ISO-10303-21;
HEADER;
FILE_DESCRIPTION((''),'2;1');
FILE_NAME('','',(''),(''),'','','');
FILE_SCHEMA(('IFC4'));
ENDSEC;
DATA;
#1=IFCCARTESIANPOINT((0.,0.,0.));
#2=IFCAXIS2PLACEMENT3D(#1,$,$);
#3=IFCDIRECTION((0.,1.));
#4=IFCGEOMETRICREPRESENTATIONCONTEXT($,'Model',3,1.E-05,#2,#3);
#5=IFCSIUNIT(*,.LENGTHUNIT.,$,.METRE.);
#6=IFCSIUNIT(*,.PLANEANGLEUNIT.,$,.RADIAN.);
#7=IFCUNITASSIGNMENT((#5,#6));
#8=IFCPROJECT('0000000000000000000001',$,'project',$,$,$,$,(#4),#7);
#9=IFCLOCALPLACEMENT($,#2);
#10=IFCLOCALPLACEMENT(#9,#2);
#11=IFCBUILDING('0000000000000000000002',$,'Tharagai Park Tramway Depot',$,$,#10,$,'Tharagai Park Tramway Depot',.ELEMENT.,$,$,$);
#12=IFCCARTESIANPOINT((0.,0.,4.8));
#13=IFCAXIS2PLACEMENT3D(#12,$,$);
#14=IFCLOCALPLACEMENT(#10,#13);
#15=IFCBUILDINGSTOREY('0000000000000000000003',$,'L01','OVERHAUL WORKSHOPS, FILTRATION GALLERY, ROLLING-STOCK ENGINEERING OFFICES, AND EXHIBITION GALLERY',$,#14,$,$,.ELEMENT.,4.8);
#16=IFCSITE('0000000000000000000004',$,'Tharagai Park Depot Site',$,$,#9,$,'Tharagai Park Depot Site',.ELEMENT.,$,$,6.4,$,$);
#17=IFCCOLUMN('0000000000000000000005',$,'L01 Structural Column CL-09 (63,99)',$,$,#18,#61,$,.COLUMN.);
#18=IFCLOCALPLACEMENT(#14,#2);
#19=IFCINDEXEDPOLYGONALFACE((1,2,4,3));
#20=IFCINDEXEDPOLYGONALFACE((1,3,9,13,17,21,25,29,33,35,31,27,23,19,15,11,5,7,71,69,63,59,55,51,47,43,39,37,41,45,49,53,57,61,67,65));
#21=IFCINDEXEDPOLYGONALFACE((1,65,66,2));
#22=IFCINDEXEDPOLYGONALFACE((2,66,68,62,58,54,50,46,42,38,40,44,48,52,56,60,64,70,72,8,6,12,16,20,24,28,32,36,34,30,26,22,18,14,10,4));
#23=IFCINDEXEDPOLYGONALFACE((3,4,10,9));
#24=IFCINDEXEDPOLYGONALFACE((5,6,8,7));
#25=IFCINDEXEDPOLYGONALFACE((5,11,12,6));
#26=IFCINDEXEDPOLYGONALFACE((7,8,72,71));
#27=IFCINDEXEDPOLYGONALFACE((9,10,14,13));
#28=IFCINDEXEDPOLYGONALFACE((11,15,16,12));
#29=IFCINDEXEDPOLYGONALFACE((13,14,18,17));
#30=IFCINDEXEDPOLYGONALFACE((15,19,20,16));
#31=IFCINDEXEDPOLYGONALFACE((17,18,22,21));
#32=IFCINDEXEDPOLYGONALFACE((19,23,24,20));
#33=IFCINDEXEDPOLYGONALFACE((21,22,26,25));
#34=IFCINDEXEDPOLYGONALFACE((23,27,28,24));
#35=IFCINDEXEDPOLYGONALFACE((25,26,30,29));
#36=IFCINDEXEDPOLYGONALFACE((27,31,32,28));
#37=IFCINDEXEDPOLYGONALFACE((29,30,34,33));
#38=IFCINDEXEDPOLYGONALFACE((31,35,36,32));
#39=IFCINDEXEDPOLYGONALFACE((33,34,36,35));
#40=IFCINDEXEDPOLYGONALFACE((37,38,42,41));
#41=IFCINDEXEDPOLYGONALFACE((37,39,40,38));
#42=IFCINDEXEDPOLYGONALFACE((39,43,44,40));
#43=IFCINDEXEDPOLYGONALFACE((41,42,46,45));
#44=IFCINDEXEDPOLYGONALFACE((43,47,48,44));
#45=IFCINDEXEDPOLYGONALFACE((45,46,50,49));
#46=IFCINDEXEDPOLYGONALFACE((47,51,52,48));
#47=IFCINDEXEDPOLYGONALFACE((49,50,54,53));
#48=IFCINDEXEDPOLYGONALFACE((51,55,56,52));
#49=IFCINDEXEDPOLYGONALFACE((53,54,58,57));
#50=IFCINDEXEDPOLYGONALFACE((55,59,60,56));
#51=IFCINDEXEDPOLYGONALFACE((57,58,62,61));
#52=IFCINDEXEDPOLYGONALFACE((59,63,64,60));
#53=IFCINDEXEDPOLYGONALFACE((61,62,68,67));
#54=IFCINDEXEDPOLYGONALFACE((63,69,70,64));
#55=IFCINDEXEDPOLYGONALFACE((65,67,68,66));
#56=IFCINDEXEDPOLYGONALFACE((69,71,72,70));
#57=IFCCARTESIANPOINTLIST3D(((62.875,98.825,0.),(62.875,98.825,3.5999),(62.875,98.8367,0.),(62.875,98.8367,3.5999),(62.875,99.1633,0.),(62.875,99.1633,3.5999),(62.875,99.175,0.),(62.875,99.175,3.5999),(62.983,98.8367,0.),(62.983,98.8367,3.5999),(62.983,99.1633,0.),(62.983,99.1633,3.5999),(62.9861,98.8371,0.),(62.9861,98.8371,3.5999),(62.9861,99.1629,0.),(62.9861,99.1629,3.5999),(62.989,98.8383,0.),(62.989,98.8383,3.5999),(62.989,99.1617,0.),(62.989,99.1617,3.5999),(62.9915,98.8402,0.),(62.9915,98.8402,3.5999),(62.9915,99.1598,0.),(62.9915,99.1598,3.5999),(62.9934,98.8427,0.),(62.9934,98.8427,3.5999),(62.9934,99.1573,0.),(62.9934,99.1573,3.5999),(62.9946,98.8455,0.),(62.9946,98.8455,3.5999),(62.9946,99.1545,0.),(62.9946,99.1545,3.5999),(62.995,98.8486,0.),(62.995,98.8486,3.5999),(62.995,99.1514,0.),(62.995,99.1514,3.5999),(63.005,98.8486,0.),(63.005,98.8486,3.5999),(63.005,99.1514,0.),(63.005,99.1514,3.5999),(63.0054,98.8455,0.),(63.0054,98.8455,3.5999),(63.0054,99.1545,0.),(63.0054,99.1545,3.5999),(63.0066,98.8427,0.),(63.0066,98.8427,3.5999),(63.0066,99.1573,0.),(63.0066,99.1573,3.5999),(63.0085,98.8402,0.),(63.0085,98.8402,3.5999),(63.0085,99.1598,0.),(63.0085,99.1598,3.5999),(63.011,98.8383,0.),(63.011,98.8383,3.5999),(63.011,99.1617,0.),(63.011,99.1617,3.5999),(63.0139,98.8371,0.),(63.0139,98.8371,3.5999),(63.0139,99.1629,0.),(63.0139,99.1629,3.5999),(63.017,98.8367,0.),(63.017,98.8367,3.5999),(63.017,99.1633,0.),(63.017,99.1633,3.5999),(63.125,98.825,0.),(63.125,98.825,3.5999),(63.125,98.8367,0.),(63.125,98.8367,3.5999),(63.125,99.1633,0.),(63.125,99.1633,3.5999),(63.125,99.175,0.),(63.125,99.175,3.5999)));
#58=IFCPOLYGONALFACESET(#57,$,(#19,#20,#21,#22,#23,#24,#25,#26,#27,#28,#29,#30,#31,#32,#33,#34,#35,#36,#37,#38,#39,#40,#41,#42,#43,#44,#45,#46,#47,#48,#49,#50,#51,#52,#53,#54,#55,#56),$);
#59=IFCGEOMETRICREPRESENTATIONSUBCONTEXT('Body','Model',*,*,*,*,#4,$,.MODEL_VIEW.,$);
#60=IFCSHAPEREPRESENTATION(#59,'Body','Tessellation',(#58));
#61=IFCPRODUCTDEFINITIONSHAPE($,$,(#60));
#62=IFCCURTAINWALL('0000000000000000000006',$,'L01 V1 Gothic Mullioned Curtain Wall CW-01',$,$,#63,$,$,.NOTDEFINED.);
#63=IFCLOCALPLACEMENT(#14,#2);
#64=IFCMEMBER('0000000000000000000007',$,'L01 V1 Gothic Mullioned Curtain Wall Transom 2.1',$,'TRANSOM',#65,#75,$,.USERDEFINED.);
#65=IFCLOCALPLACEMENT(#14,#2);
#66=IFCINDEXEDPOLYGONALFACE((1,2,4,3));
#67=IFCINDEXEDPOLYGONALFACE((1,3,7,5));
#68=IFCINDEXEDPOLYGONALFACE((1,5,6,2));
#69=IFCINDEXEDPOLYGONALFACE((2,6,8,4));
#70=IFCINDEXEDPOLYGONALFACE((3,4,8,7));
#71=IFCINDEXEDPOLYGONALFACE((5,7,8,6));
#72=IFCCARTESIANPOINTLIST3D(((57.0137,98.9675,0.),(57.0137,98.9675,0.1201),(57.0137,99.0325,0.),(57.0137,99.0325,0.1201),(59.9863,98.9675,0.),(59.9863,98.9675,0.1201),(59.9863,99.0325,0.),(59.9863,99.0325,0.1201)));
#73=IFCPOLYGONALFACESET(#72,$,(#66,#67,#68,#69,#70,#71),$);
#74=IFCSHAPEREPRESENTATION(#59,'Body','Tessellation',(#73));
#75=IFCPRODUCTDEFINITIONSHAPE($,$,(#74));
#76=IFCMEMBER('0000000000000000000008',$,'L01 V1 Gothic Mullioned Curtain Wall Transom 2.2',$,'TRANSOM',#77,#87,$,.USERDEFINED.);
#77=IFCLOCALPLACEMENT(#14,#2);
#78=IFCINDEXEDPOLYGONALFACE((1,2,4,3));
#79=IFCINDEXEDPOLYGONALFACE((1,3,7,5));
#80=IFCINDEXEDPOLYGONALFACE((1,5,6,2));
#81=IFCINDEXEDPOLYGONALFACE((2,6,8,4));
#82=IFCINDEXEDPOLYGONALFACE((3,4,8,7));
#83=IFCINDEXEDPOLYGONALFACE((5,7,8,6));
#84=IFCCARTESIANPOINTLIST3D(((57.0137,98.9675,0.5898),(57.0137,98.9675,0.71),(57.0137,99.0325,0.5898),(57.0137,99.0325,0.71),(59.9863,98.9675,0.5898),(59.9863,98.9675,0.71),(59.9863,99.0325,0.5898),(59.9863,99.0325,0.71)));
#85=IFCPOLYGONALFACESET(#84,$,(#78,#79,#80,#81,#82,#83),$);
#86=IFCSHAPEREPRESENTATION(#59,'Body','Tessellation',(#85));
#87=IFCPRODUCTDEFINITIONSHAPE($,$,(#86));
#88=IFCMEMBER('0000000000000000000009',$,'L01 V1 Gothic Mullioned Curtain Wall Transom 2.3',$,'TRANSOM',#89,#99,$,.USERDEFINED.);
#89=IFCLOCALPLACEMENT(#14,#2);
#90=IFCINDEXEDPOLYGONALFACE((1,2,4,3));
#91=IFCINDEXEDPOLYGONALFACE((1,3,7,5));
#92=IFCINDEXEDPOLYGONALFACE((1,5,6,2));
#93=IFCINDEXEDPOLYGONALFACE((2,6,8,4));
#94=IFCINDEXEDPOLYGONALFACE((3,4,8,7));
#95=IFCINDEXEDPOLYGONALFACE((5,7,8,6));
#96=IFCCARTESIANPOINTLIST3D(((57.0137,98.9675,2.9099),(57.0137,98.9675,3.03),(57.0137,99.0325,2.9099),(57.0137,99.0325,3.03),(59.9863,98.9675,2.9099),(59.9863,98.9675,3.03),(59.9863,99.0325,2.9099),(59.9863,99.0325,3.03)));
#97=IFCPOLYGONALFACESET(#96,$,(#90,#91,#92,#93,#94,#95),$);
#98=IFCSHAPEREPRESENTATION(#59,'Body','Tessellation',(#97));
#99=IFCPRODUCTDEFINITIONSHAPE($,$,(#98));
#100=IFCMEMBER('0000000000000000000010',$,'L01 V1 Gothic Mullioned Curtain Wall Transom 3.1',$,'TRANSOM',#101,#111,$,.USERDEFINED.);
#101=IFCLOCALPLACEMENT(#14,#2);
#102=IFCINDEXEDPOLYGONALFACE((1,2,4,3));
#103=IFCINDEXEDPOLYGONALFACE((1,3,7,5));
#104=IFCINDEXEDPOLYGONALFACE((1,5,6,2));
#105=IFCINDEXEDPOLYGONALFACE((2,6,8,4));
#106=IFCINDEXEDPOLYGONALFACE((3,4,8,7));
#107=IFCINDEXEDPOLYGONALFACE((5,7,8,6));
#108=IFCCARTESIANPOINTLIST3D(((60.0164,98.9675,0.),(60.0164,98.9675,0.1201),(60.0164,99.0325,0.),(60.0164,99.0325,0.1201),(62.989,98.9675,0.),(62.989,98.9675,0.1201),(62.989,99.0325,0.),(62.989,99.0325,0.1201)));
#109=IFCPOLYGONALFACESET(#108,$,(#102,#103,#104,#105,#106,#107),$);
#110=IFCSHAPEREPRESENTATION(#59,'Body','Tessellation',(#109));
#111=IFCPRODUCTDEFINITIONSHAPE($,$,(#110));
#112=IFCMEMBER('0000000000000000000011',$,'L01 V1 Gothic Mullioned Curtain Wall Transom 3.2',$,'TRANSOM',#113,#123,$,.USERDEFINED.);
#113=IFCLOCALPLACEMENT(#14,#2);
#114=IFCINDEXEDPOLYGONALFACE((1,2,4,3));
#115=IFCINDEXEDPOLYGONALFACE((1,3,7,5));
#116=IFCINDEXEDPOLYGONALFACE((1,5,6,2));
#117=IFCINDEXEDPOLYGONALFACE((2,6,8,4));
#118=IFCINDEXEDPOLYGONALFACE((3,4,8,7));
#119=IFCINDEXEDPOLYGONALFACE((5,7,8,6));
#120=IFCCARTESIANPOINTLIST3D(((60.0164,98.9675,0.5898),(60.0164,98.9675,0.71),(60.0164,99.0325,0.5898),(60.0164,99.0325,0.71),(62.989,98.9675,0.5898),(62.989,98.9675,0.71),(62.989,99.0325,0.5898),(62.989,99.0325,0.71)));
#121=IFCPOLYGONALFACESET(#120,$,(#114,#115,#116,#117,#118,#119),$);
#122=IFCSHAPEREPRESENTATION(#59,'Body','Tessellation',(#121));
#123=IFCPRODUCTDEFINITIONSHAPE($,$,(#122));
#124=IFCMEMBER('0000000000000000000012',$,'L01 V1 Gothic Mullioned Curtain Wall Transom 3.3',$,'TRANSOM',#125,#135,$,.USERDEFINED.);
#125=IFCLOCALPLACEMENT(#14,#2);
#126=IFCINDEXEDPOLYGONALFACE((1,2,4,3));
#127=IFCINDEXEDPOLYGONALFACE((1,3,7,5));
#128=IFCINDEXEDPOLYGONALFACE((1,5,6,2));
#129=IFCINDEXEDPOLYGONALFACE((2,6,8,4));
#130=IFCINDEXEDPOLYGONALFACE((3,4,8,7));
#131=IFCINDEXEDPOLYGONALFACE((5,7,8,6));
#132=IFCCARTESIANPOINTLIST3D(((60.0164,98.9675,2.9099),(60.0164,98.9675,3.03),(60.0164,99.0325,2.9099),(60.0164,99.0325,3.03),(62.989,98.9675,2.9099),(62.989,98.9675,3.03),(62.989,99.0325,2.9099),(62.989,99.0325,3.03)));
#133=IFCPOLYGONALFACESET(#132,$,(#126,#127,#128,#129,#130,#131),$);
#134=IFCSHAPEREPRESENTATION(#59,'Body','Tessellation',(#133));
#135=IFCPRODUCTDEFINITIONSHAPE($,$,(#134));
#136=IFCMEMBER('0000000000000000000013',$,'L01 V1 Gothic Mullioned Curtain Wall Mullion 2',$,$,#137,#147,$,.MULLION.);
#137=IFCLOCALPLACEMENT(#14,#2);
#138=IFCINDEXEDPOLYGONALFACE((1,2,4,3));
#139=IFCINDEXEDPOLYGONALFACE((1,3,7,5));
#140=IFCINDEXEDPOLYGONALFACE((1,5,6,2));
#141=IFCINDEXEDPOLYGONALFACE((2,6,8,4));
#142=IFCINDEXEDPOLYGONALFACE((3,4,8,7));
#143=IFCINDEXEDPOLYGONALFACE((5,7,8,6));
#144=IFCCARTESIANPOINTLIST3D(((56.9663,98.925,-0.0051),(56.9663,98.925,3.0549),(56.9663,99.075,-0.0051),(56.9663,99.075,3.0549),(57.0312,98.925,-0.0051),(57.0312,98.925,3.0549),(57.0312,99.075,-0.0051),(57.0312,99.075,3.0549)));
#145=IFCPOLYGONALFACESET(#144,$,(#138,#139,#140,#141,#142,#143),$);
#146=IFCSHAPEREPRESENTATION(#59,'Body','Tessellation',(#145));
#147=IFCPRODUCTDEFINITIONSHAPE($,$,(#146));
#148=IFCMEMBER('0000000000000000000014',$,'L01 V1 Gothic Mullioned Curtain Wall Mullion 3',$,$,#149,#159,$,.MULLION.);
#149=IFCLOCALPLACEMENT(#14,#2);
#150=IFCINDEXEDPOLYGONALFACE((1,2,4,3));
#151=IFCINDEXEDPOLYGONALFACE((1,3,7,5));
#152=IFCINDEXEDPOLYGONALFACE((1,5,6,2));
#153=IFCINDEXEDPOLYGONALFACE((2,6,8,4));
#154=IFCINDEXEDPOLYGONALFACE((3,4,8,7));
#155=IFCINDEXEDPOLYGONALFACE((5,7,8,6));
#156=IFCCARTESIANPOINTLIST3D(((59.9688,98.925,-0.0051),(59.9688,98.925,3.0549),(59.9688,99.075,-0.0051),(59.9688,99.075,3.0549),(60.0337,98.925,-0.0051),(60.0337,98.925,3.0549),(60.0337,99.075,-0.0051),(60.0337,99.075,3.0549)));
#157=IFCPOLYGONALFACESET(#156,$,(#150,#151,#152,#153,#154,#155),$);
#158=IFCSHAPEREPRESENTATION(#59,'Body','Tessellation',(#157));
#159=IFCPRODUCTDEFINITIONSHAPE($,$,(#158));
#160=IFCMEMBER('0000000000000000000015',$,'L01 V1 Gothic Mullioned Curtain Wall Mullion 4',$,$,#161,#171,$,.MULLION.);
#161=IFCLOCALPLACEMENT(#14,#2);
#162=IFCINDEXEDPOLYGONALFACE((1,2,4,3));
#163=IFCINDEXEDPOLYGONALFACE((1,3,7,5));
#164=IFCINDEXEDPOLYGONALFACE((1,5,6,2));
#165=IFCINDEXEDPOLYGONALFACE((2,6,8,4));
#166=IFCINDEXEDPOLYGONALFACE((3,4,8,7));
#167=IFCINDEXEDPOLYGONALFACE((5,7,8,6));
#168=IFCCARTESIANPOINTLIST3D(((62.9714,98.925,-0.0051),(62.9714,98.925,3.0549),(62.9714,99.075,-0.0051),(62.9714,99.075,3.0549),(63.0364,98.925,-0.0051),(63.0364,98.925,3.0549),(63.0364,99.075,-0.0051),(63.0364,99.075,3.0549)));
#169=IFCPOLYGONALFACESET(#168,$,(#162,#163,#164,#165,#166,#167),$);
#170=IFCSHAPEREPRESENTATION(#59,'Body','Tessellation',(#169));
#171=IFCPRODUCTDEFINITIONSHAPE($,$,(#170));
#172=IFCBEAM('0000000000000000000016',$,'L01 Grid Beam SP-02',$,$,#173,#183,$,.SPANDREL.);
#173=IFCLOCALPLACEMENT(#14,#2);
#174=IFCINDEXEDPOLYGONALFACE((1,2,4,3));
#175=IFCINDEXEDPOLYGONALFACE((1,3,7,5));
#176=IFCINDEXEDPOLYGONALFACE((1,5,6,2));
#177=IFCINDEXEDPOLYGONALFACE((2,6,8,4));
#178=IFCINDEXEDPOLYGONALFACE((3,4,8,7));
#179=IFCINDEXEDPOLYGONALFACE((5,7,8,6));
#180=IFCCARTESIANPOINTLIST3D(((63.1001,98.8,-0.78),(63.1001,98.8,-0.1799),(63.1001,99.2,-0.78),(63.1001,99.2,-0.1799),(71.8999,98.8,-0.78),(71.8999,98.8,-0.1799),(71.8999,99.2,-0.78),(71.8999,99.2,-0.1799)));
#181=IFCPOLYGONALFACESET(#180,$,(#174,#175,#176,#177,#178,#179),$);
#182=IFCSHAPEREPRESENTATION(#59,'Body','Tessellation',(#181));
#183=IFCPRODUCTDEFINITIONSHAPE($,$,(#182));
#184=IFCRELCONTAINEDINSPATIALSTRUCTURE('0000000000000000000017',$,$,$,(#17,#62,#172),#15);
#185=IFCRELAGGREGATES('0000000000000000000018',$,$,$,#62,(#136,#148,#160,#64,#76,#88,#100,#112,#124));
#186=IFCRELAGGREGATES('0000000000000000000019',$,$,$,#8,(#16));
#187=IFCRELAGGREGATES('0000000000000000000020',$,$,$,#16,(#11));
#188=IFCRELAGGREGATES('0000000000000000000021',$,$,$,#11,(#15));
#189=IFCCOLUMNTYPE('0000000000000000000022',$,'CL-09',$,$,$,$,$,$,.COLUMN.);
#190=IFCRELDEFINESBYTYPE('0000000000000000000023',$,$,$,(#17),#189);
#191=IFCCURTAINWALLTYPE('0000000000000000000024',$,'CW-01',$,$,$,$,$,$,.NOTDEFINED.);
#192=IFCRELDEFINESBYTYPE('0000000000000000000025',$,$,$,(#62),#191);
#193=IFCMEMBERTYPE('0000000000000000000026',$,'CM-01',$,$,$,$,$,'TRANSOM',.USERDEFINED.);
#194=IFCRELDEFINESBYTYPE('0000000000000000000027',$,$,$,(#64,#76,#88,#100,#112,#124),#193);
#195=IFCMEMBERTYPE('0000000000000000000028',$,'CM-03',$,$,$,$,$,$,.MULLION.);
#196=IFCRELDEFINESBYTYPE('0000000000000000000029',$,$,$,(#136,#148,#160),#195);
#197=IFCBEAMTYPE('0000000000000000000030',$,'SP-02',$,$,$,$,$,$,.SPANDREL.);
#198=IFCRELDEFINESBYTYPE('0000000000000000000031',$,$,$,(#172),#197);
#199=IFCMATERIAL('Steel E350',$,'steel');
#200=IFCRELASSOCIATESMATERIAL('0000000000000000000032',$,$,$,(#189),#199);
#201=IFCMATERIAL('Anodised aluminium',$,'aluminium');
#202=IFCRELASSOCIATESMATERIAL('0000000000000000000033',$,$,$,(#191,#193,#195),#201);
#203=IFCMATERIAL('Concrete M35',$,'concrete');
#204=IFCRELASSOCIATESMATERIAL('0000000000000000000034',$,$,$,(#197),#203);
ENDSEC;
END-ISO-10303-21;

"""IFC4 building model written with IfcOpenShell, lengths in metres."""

from ifc_helpers import new_model, si_unit, direction, frame, origin, origin_2d, place, context, subcontext, project, spatial, rectangle, i_section, extrude, material, material_profile, profile_set, type_object, element, aggregate, save


model = new_model("IFC4")

# Units and contexts
model_context = context("Model", 3, precision=1e-05, world=origin(), true_north=direction((0.0, 1.0)))
body_context = subcontext(model_context, "Body", "Model", "MODEL_VIEW")
ifc_project = project(units=[si_unit("LENGTHUNIT", "METRE"), si_unit("PLANEANGLEUNIT", "RADIAN")], contexts=[model_context])

# Site, building, storey
site_placement = place(None, origin())
site = spatial("IfcSite", under=ifc_project, at=site_placement, Name="Tharagai Park Depot Site", LongName="Tharagai Park Depot Site", CompositionType="ELEMENT", RefElevation=6.4)
building_placement = place(site_placement, origin())
building = spatial("IfcBuilding", under=site, at=building_placement, Name="Tharagai Park Tramway Depot", LongName="Tharagai Park Tramway Depot", CompositionType="ELEMENT")
storey_placement = place(building_placement, frame((0.0, 0.0, 4.8)))
storey = spatial("IfcBuildingStorey", under=building, at=storey_placement, Name="L01", Description="OVERHAUL WORKSHOPS, FILTRATION GALLERY, ROLLING-STOCK ENGINEERING OFFICES, AND EXHIBITION GALLERY", CompositionType="ELEMENT", Elevation=4.8)

# Column
ifc_material_1 = material(Name="Steel E350", Category="steel")
ifc_material_profile_1 = material_profile(ifc_material_1, i_section(OverallWidth=0.25, OverallDepth=0.3501, WebThickness=0.01, FlangeThickness=0.0117, FilletRadius=0.012, at=origin_2d()), Name="ISHB 350")
ifc_profile_set_1 = profile_set([ifc_material_profile_1], Name="Steel E350")
column_type = type_object("IfcColumnType", Name="CL-09", PredefinedType="COLUMN", material=ifc_profile_set_1)
column_placement = place(storey_placement, frame((63.0, 99.0, 0.0), z_axis=(0.0, 0.0, 1.0), x_axis=(1.0, 0.0, 0.0)))
element("IfcColumn", 1, at=column_placement, inside=storey, type_object=column_type, Name="L01 Structural Column CL-09 (63,99)", PredefinedType="COLUMN", context=body_context, shape_type="SweptSolid", body=[
    extrude(i_section(OverallWidth=0.25, OverallDepth=0.3501, WebThickness=0.01, FlangeThickness=0.0117, FilletRadius=0.012, at=origin_2d()), origin(), (0.0, 0.0, 1.0), 3.5999),
])

# Curtain wall, members
ifc_material_2 = material(Name="Anodised aluminium", Category="aluminium")
curtain_wall_type = type_object("IfcCurtainWallType", Name="CW-01", PredefinedType="NOTDEFINED", material=ifc_material_2)
curtain_wall_placement = place(storey_placement, origin())
curtain_wall = element("IfcCurtainWall", 2, at=curtain_wall_placement, inside=storey, type_object=curtain_wall_type, Name="L01 V1 Gothic Mullioned Curtain Wall CW-01", PredefinedType="NOTDEFINED")
ifc_material_profile_2 = material_profile(ifc_material_2, rectangle(XDim=0.0649, YDim=0.1201, at=origin_2d()), Name="ALU 65x120")
ifc_profile_set_2 = profile_set([ifc_material_profile_2], Name="Anodised aluminium")
member_type_1 = type_object("IfcMemberType", Name="CM-01", ElementType="TRANSOM", PredefinedType="USERDEFINED", material=ifc_profile_set_2)
member_1_placement = place(storey_placement, frame((57.0137, 99.0, 0.0601), z_axis=(1.0, 0.0, 0.0), x_axis=(0.0, 1.0, 0.0)))
member_1 = element("IfcMember", 3, at=member_1_placement, type_object=member_type_1, Name="L01 V1 Gothic Mullioned Curtain Wall Transom 2.1", ObjectType="TRANSOM", PredefinedType="USERDEFINED", context=body_context, shape_type="SweptSolid", body=[
    extrude(rectangle(XDim=0.0649, YDim=0.1201, at=origin_2d()), origin(), (0.0, 0.0, 1.0), 2.9727),
])
member_2_placement = place(storey_placement, frame((57.0137, 99.0, 0.6499), z_axis=(1.0, 0.0, 0.0), x_axis=(0.0, 1.0, 0.0)))
member_2 = element("IfcMember", 4, at=member_2_placement, type_object=member_type_1, Name="L01 V1 Gothic Mullioned Curtain Wall Transom 2.2", ObjectType="TRANSOM", PredefinedType="USERDEFINED", context=body_context, shape_type="SweptSolid", body=[
    extrude(rectangle(XDim=0.0649, YDim=0.1201, at=origin_2d()), origin(), (0.0, 0.0, 1.0), 2.9727),
])
member_3_placement = place(storey_placement, frame((57.0137, 99.0, 2.97), z_axis=(1.0, 0.0, 0.0), x_axis=(0.0, 1.0, 0.0)))
member_3 = element("IfcMember", 5, at=member_3_placement, type_object=member_type_1, Name="L01 V1 Gothic Mullioned Curtain Wall Transom 2.3", ObjectType="TRANSOM", PredefinedType="USERDEFINED", context=body_context, shape_type="SweptSolid", body=[
    extrude(rectangle(XDim=0.0649, YDim=0.1201, at=origin_2d()), origin(), (0.0, 0.0, 1.0), 2.9727),
])
member_4_placement = place(storey_placement, frame((60.0164, 99.0, 0.0601), z_axis=(1.0, 0.0, 0.0), x_axis=(0.0, 1.0, 0.0)))
member_4 = element("IfcMember", 6, at=member_4_placement, type_object=member_type_1, Name="L01 V1 Gothic Mullioned Curtain Wall Transom 3.1", ObjectType="TRANSOM", PredefinedType="USERDEFINED", context=body_context, shape_type="SweptSolid", body=[
    extrude(rectangle(XDim=0.0649, YDim=0.1201, at=origin_2d()), origin(), (0.0, 0.0, 1.0), 2.9727),
])
member_5_placement = place(storey_placement, frame((60.0164, 99.0, 0.6499), z_axis=(1.0, 0.0, 0.0), x_axis=(0.0, 1.0, 0.0)))
member_5 = element("IfcMember", 7, at=member_5_placement, type_object=member_type_1, Name="L01 V1 Gothic Mullioned Curtain Wall Transom 3.2", ObjectType="TRANSOM", PredefinedType="USERDEFINED", context=body_context, shape_type="SweptSolid", body=[
    extrude(rectangle(XDim=0.0649, YDim=0.1201, at=origin_2d()), origin(), (0.0, 0.0, 1.0), 2.9727),
])
member_6_placement = place(storey_placement, frame((60.0164, 99.0, 2.97), z_axis=(1.0, 0.0, 0.0), x_axis=(0.0, 1.0, 0.0)))
member_6 = element("IfcMember", 8, at=member_6_placement, type_object=member_type_1, Name="L01 V1 Gothic Mullioned Curtain Wall Transom 3.3", ObjectType="TRANSOM", PredefinedType="USERDEFINED", context=body_context, shape_type="SweptSolid", body=[
    extrude(rectangle(XDim=0.0649, YDim=0.1201, at=origin_2d()), origin(), (0.0, 0.0, 1.0), 2.9727),
])
ifc_material_profile_3 = material_profile(ifc_material_2, rectangle(XDim=0.0649, YDim=0.1499, at=origin_2d()), Name="ALU 65x150")
ifc_profile_set_3 = profile_set([ifc_material_profile_3], Name="Anodised aluminium")
member_type_2 = type_object("IfcMemberType", Name="CM-03", PredefinedType="MULLION", material=ifc_profile_set_3)
member_7_placement = place(storey_placement, frame((56.9988, 99.0, -0.0051), z_axis=(0.0, 0.0, 1.0), x_axis=(1.0, 0.0, 0.0)))
member_7 = element("IfcMember", 9, at=member_7_placement, type_object=member_type_2, Name="L01 V1 Gothic Mullioned Curtain Wall Mullion 2", PredefinedType="MULLION", context=body_context, shape_type="SweptSolid", body=[
    extrude(rectangle(XDim=0.0649, YDim=0.1499, at=origin_2d()), origin(), (0.0, 0.0, 1.0), 3.0601),
])
member_8_placement = place(storey_placement, frame((60.0012, 99.0, -0.0051), z_axis=(0.0, 0.0, 1.0), x_axis=(1.0, 0.0, 0.0)))
member_8 = element("IfcMember", 10, at=member_8_placement, type_object=member_type_2, Name="L01 V1 Gothic Mullioned Curtain Wall Mullion 3", PredefinedType="MULLION", context=body_context, shape_type="SweptSolid", body=[
    extrude(rectangle(XDim=0.0649, YDim=0.1499, at=origin_2d()), origin(), (0.0, 0.0, 1.0), 3.0601),
])
member_9_placement = place(storey_placement, frame((63.0039, 99.0, -0.0051), z_axis=(0.0, 0.0, 1.0), x_axis=(1.0, 0.0, 0.0)))
member_9 = element("IfcMember", 11, at=member_9_placement, type_object=member_type_2, Name="L01 V1 Gothic Mullioned Curtain Wall Mullion 4", PredefinedType="MULLION", context=body_context, shape_type="SweptSolid", body=[
    extrude(rectangle(XDim=0.0649, YDim=0.1499, at=origin_2d()), origin(), (0.0, 0.0, 1.0), 3.0601),
])

# Beam
ifc_material_3 = material(Name="Concrete M35", Category="concrete")
ifc_material_profile_4 = material_profile(ifc_material_3, rectangle(XDim=0.3999, YDim=0.6001, at=origin_2d()), Name="RC 400x600")
ifc_profile_set_4 = profile_set([ifc_material_profile_4], Name="Concrete M35")
beam_type = type_object("IfcBeamType", Name="SP-02", PredefinedType="SPANDREL", material=ifc_profile_set_4)
beam_placement = place(storey_placement, frame((63.1001, 99.0, -0.48), z_axis=(1.0, 0.0, 0.0), x_axis=(0.0, 1.0, 0.0)))
element("IfcBeam", 12, at=beam_placement, inside=storey, type_object=beam_type, Name="L01 Grid Beam SP-02", PredefinedType="SPANDREL", context=body_context, shape_type="SweptSolid", body=[
    extrude(rectangle(XDim=0.3999, YDim=0.6001, at=origin_2d()), origin(), (0.0, 0.0, 1.0), 8.7998),
])

aggregate(curtain_wall, [member_7, member_8, member_9, member_1, member_2, member_3, member_4, member_5, member_6])

save(model, "model.ifc")
